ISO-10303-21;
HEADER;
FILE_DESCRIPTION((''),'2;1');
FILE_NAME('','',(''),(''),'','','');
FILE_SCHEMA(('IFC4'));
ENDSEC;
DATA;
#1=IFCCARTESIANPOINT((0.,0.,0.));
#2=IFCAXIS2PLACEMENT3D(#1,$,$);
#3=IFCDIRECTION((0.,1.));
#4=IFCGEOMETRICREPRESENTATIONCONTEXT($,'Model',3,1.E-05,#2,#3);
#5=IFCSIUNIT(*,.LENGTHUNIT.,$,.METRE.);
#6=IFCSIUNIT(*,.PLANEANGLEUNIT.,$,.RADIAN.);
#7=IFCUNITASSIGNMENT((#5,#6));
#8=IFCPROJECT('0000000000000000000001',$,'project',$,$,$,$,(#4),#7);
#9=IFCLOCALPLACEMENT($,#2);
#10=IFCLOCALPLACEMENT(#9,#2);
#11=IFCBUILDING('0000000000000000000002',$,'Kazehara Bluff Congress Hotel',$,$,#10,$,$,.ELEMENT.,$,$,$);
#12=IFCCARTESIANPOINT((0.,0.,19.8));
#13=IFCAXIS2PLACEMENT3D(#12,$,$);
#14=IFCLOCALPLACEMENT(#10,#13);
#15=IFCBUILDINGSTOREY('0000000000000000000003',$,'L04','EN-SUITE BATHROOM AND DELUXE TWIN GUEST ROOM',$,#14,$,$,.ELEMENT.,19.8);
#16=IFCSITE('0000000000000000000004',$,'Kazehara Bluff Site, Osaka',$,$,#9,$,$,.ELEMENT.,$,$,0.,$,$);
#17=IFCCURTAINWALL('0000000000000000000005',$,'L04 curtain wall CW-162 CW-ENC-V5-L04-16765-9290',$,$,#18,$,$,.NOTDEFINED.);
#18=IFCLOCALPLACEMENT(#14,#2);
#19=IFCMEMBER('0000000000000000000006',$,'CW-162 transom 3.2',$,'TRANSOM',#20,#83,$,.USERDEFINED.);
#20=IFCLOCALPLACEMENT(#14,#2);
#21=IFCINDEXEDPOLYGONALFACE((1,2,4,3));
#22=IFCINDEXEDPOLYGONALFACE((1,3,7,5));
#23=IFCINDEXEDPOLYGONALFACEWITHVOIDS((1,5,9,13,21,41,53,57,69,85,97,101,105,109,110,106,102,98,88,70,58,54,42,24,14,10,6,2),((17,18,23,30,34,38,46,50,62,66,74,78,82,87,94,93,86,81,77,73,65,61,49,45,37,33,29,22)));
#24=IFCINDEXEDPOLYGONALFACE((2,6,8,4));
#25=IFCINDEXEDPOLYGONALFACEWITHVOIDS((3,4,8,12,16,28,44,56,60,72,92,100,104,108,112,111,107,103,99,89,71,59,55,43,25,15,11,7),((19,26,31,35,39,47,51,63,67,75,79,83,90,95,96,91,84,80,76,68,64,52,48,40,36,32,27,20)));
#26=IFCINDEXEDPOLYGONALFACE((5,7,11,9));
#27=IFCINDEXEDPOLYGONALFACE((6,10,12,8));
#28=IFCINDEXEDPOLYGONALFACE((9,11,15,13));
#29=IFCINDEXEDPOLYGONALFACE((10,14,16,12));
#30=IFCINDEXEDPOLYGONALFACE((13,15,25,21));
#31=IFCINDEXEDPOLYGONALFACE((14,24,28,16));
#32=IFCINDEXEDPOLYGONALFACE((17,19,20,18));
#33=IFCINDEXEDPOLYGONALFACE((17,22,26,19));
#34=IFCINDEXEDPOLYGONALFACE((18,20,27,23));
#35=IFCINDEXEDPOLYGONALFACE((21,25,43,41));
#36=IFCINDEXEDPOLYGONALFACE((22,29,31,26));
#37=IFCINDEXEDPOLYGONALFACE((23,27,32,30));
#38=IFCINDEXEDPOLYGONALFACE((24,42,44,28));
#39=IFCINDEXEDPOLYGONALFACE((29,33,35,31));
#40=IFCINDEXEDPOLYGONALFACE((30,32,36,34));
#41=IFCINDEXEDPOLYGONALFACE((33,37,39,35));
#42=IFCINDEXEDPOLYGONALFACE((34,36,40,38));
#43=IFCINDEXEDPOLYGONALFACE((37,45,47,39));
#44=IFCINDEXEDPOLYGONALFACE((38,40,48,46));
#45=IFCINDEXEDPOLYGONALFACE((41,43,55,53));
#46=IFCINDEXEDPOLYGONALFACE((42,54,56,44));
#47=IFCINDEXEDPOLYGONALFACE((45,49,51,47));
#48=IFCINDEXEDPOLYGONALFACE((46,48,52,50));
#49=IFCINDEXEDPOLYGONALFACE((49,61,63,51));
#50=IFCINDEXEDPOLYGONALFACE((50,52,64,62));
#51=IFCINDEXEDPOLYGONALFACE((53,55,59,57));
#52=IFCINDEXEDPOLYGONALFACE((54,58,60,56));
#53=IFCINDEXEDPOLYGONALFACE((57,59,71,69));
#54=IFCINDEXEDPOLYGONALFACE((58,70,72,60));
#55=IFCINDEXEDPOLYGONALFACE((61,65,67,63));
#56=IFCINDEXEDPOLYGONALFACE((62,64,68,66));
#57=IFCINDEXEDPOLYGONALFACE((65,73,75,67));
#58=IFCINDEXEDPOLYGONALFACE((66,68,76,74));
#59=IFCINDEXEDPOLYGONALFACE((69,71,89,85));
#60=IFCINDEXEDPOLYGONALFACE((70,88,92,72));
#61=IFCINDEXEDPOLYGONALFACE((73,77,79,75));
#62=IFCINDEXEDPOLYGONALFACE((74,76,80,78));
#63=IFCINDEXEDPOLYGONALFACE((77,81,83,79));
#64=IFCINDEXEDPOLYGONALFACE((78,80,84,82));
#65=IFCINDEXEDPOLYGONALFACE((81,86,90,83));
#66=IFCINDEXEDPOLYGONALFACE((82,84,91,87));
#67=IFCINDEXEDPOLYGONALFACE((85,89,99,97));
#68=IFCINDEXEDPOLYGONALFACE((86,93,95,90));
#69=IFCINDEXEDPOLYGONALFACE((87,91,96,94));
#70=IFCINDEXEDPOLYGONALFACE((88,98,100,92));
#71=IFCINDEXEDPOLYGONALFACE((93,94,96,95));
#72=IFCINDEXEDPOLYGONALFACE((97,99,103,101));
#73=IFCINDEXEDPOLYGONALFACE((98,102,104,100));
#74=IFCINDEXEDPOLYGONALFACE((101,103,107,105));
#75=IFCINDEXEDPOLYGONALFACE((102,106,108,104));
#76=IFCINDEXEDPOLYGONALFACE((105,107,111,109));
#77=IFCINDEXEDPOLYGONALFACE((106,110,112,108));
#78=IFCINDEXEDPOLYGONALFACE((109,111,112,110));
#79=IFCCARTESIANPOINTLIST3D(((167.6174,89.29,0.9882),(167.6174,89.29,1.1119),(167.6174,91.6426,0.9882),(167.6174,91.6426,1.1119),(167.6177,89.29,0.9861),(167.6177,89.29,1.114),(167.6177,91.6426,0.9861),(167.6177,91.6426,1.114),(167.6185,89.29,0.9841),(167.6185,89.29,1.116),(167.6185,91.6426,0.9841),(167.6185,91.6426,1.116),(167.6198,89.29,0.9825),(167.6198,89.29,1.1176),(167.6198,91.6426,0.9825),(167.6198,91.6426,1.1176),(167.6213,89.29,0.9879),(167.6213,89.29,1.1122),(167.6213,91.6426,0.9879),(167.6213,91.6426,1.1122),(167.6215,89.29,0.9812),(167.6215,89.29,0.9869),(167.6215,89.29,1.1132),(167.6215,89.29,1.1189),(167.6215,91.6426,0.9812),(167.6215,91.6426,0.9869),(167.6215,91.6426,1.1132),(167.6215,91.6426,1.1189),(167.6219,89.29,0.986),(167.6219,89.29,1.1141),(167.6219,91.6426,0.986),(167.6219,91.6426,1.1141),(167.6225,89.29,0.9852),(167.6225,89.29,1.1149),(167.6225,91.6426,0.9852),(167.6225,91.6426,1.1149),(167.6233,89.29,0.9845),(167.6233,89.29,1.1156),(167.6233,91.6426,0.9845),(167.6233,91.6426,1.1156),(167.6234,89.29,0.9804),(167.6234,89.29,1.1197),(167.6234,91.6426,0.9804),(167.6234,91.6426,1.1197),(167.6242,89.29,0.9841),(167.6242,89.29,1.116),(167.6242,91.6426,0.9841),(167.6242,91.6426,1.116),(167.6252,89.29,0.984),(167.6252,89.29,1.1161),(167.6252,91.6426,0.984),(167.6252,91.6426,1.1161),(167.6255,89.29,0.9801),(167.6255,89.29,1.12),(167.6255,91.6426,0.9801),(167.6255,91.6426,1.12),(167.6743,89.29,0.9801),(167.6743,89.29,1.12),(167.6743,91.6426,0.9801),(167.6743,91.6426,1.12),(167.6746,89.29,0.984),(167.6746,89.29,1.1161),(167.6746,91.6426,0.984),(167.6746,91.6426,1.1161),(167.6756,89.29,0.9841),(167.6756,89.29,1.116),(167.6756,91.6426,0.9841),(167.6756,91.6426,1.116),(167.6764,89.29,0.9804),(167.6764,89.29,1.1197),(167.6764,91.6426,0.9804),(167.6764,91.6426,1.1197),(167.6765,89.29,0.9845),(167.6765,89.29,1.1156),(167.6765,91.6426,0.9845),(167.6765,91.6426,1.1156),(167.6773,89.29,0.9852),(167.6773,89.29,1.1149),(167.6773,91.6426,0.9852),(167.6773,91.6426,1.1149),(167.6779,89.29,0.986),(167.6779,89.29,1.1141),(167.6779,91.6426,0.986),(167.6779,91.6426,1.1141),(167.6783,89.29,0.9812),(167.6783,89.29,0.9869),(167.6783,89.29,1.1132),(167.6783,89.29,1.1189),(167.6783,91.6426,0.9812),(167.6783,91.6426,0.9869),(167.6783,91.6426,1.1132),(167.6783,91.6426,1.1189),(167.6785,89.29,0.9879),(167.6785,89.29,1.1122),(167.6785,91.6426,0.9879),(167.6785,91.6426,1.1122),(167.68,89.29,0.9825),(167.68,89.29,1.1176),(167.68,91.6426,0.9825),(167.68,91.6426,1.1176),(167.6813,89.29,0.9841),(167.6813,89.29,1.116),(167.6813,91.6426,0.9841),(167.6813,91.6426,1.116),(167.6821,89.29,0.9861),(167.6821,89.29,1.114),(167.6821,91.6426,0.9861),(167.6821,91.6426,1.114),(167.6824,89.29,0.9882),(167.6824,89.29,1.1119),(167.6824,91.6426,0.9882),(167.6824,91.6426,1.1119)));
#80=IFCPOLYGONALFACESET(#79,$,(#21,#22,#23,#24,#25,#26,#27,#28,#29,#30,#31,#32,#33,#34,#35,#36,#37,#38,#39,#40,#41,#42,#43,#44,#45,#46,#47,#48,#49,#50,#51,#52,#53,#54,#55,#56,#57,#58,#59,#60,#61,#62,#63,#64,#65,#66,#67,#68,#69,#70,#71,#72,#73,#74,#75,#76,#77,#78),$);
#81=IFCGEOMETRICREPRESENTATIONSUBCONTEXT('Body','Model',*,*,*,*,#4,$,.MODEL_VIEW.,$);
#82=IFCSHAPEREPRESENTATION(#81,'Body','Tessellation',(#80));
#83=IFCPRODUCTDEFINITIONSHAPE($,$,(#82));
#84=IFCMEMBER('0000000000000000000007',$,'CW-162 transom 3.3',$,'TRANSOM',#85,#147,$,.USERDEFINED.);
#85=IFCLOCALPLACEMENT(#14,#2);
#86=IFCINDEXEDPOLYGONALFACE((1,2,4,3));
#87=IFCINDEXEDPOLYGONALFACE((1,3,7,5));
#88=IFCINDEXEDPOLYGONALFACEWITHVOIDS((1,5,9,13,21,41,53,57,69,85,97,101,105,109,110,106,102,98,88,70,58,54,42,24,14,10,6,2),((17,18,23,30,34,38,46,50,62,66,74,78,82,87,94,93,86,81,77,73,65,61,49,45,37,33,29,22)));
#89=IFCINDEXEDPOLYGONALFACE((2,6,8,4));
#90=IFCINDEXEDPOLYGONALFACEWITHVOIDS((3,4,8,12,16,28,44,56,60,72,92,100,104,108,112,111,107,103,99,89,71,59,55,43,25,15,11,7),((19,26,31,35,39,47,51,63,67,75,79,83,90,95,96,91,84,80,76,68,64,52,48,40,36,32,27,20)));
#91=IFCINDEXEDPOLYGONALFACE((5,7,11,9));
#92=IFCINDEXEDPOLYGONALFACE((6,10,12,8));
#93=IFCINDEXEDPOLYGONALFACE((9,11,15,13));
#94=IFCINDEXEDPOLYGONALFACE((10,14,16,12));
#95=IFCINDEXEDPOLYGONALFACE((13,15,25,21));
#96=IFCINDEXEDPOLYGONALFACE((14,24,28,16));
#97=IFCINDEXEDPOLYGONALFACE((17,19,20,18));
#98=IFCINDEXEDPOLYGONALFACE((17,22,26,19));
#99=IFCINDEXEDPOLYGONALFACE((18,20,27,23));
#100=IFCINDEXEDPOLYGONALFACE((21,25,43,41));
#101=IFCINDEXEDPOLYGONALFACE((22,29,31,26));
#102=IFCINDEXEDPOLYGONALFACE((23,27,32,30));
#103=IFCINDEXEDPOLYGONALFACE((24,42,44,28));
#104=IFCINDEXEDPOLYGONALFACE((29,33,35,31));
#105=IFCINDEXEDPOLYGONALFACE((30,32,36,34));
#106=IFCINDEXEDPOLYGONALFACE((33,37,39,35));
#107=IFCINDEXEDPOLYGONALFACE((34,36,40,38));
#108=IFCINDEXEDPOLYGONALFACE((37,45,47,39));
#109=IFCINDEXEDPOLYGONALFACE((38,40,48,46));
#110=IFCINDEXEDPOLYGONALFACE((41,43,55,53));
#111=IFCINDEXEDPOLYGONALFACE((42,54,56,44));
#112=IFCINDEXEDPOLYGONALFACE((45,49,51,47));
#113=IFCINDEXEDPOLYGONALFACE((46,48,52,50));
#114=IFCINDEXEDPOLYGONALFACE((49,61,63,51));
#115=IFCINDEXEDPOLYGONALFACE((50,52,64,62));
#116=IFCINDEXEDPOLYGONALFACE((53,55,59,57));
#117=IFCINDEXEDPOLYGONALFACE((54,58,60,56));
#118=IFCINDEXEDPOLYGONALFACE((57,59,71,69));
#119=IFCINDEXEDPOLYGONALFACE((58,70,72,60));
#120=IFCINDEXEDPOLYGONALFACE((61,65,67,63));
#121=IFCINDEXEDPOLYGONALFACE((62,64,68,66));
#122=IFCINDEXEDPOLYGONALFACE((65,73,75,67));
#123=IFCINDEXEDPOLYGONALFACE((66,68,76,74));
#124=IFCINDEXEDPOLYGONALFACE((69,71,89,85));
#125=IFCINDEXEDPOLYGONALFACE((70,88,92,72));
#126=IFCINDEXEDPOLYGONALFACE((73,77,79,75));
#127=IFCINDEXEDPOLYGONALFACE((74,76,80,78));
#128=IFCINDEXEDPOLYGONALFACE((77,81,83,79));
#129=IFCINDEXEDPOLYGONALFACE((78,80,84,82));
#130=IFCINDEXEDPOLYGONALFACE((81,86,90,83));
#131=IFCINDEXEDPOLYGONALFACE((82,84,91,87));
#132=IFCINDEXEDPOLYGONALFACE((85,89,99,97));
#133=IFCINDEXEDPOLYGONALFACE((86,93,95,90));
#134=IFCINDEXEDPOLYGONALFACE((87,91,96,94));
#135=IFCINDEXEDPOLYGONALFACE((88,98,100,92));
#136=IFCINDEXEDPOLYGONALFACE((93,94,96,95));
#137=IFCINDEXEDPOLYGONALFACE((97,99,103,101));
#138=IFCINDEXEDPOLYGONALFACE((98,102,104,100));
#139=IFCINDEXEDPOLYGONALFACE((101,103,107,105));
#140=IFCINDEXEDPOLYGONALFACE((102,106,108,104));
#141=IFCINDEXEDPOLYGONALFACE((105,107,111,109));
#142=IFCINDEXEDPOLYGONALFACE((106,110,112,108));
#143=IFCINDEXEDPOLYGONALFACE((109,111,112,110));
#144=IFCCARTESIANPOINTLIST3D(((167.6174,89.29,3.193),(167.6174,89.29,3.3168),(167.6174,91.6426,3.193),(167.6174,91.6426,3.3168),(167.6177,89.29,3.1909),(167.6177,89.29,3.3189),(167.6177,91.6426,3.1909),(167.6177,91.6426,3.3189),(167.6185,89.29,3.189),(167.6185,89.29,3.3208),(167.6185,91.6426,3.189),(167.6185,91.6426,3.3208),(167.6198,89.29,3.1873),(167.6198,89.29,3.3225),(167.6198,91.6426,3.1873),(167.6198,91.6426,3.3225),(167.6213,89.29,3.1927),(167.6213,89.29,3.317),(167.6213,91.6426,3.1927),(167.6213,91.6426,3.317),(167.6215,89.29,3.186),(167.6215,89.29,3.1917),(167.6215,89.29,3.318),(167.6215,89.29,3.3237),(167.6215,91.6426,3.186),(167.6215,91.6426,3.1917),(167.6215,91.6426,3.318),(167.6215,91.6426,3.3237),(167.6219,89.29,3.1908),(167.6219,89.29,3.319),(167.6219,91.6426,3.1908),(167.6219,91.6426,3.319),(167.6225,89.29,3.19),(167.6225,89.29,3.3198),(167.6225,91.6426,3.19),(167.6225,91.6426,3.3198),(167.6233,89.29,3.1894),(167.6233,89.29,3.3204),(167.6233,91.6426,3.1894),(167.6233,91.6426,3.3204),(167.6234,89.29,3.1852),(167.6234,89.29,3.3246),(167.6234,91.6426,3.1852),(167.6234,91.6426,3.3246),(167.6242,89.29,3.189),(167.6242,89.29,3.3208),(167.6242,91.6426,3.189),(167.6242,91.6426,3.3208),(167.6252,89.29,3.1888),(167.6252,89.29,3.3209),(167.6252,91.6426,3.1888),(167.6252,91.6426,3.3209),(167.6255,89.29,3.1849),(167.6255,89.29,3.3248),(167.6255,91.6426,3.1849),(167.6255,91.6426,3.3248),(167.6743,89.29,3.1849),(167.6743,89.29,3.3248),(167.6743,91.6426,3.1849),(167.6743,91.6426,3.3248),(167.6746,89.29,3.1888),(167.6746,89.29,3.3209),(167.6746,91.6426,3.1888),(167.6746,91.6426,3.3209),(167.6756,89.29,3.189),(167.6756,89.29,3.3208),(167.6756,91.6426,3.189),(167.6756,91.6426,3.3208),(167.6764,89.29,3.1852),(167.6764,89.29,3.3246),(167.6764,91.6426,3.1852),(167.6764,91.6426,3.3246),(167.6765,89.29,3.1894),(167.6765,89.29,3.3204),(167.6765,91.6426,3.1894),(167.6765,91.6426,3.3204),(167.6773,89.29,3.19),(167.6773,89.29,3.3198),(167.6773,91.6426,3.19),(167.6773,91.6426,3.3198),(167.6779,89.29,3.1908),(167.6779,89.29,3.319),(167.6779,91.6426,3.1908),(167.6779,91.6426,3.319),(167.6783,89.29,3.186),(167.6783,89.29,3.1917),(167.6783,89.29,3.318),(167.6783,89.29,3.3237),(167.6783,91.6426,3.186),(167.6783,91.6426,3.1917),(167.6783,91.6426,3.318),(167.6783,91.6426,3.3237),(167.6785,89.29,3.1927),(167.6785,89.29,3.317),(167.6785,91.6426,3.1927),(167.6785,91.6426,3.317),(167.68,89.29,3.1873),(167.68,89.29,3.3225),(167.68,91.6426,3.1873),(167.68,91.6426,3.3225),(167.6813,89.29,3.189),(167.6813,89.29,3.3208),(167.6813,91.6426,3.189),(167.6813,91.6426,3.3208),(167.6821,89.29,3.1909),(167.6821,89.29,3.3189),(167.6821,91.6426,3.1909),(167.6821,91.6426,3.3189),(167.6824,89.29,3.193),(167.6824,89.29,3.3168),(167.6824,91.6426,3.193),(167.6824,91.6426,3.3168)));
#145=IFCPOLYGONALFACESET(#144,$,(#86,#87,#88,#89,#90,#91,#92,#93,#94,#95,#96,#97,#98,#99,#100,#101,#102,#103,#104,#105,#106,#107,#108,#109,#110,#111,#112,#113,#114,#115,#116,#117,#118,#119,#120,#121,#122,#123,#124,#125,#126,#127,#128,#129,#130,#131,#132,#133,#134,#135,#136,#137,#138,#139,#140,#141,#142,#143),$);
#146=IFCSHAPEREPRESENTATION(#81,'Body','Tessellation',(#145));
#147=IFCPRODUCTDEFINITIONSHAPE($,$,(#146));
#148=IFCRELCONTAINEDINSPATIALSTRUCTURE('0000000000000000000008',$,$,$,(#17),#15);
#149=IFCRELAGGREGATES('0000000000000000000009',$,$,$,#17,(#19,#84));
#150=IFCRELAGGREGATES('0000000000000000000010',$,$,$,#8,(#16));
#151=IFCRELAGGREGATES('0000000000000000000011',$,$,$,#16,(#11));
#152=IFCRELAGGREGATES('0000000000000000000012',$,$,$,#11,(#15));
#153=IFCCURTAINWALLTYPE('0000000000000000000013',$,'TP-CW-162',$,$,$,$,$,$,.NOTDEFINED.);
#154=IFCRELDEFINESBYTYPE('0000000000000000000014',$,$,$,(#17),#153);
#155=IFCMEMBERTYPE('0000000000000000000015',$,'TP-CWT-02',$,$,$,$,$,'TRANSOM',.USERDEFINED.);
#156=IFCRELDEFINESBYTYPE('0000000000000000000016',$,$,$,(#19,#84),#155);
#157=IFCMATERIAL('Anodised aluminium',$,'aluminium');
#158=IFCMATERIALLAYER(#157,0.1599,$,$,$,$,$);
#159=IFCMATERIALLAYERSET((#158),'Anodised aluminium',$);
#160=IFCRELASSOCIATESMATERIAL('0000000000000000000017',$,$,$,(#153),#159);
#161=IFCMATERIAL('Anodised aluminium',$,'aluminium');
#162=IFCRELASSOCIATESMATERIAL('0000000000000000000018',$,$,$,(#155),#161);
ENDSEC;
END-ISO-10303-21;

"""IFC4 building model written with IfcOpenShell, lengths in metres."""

from ifc_helpers import new_model, si_unit, direction, frame, origin, origin_2d, place, context, subcontext, project, spatial, hollow_rectangle, extrude, material, layer, layer_set, material_profile, profile_set, type_object, element, aggregate, save


model = new_model("IFC4")

# Units and contexts
model_context = context("Model", 3, precision=1e-05, world=origin(), true_north=direction((0.0, 1.0)))
body_context = subcontext(model_context, "Body", "Model", "MODEL_VIEW")
ifc_project = project(units=[si_unit("LENGTHUNIT", "METRE"), si_unit("PLANEANGLEUNIT", "RADIAN")], contexts=[model_context])

# Site, building, storey
site_placement = place(None, origin())
site = spatial("IfcSite", under=ifc_project, at=site_placement, Name="Kazehara Bluff Site, Osaka", CompositionType="ELEMENT", RefElevation=0.0)
building_placement = place(site_placement, origin())
building = spatial("IfcBuilding", under=site, at=building_placement, Name="Kazehara Bluff Congress Hotel", CompositionType="ELEMENT")
storey_placement = place(building_placement, frame((0.0, 0.0, 19.8)))
storey = spatial("IfcBuildingStorey", under=building, at=storey_placement, Name="L04", Description="EN-SUITE BATHROOM AND DELUXE TWIN GUEST ROOM", CompositionType="ELEMENT", Elevation=19.8)

# Curtain wall
ifc_material_1 = material(Name="Anodised aluminium", Category="aluminium")
ifc_layer_1 = layer(ifc_material_1, 0.1599)
ifc_layer_set_1 = layer_set([ifc_layer_1], Name="Anodised aluminium")
curtain_wall_type_1 = type_object("IfcCurtainWallType", Name="TP-CW-162", PredefinedType="NOTDEFINED", material=ifc_layer_set_1)
curtain_wall_1_placement = place(storey_placement, origin())
curtain_wall_1 = element("IfcCurtainWall", 1, at=curtain_wall_1_placement, inside=storey, type_object=curtain_wall_type_1, Name="L04 curtain wall CW-162 CW-ENC-V5-L04-16765-9290", PredefinedType="NOTDEFINED")

# Members
ifc_material_2 = material(Name="Anodised aluminium", Category="aluminium")
ifc_material_profile_1 = material_profile(ifc_material_2, hollow_rectangle(XDim=0.0649, YDim=0.1399, WallThickness=0.0039, InnerFilletRadius=0.0039, OuterFilletRadius=0.0081, at=origin_2d()))
ifc_profile_set_1 = profile_set([ifc_material_profile_1], Name="Anodised aluminium")
member_type_1 = type_object("IfcMemberType", Name="TP-CWT-02", ElementType="TRANSOM", PredefinedType="USERDEFINED", material=ifc_profile_set_1)
member_1_placement = place(storey_placement, frame((167.6499, 91.6426, 1.05), z_axis=(0.0, -1.0, 0.0), x_axis=(1.0, 0.0, 0.0)))
member_1 = element("IfcMember", 2, at=member_1_placement, type_object=member_type_1, Name="CW-162 transom 3.2", ObjectType="TRANSOM", PredefinedType="USERDEFINED", context=body_context, shape_type="SweptSolid", body=[
    extrude(hollow_rectangle(XDim=0.0649, YDim=0.1399, WallThickness=0.0039, InnerFilletRadius=0.0039, OuterFilletRadius=0.0081, at=origin_2d()), origin(), (0.0, 0.0, 1.0), 2.3525),
])
member_2_placement = place(storey_placement, frame((167.6499, 91.6426, 3.2549), z_axis=(0.0, -1.0, 0.0), x_axis=(1.0, 0.0, 0.0)))
member_2 = element("IfcMember", 3, at=member_2_placement, type_object=member_type_1, Name="CW-162 transom 3.3", ObjectType="TRANSOM", PredefinedType="USERDEFINED", context=body_context, shape_type="SweptSolid", body=[
    extrude(hollow_rectangle(XDim=0.0649, YDim=0.1399, WallThickness=0.0039, InnerFilletRadius=0.0039, OuterFilletRadius=0.0081, at=origin_2d()), origin(), (0.0, 0.0, 1.0), 2.3525),
])

aggregate(curtain_wall_1, [member_1, member_2])

save(model, "model.ifc")
